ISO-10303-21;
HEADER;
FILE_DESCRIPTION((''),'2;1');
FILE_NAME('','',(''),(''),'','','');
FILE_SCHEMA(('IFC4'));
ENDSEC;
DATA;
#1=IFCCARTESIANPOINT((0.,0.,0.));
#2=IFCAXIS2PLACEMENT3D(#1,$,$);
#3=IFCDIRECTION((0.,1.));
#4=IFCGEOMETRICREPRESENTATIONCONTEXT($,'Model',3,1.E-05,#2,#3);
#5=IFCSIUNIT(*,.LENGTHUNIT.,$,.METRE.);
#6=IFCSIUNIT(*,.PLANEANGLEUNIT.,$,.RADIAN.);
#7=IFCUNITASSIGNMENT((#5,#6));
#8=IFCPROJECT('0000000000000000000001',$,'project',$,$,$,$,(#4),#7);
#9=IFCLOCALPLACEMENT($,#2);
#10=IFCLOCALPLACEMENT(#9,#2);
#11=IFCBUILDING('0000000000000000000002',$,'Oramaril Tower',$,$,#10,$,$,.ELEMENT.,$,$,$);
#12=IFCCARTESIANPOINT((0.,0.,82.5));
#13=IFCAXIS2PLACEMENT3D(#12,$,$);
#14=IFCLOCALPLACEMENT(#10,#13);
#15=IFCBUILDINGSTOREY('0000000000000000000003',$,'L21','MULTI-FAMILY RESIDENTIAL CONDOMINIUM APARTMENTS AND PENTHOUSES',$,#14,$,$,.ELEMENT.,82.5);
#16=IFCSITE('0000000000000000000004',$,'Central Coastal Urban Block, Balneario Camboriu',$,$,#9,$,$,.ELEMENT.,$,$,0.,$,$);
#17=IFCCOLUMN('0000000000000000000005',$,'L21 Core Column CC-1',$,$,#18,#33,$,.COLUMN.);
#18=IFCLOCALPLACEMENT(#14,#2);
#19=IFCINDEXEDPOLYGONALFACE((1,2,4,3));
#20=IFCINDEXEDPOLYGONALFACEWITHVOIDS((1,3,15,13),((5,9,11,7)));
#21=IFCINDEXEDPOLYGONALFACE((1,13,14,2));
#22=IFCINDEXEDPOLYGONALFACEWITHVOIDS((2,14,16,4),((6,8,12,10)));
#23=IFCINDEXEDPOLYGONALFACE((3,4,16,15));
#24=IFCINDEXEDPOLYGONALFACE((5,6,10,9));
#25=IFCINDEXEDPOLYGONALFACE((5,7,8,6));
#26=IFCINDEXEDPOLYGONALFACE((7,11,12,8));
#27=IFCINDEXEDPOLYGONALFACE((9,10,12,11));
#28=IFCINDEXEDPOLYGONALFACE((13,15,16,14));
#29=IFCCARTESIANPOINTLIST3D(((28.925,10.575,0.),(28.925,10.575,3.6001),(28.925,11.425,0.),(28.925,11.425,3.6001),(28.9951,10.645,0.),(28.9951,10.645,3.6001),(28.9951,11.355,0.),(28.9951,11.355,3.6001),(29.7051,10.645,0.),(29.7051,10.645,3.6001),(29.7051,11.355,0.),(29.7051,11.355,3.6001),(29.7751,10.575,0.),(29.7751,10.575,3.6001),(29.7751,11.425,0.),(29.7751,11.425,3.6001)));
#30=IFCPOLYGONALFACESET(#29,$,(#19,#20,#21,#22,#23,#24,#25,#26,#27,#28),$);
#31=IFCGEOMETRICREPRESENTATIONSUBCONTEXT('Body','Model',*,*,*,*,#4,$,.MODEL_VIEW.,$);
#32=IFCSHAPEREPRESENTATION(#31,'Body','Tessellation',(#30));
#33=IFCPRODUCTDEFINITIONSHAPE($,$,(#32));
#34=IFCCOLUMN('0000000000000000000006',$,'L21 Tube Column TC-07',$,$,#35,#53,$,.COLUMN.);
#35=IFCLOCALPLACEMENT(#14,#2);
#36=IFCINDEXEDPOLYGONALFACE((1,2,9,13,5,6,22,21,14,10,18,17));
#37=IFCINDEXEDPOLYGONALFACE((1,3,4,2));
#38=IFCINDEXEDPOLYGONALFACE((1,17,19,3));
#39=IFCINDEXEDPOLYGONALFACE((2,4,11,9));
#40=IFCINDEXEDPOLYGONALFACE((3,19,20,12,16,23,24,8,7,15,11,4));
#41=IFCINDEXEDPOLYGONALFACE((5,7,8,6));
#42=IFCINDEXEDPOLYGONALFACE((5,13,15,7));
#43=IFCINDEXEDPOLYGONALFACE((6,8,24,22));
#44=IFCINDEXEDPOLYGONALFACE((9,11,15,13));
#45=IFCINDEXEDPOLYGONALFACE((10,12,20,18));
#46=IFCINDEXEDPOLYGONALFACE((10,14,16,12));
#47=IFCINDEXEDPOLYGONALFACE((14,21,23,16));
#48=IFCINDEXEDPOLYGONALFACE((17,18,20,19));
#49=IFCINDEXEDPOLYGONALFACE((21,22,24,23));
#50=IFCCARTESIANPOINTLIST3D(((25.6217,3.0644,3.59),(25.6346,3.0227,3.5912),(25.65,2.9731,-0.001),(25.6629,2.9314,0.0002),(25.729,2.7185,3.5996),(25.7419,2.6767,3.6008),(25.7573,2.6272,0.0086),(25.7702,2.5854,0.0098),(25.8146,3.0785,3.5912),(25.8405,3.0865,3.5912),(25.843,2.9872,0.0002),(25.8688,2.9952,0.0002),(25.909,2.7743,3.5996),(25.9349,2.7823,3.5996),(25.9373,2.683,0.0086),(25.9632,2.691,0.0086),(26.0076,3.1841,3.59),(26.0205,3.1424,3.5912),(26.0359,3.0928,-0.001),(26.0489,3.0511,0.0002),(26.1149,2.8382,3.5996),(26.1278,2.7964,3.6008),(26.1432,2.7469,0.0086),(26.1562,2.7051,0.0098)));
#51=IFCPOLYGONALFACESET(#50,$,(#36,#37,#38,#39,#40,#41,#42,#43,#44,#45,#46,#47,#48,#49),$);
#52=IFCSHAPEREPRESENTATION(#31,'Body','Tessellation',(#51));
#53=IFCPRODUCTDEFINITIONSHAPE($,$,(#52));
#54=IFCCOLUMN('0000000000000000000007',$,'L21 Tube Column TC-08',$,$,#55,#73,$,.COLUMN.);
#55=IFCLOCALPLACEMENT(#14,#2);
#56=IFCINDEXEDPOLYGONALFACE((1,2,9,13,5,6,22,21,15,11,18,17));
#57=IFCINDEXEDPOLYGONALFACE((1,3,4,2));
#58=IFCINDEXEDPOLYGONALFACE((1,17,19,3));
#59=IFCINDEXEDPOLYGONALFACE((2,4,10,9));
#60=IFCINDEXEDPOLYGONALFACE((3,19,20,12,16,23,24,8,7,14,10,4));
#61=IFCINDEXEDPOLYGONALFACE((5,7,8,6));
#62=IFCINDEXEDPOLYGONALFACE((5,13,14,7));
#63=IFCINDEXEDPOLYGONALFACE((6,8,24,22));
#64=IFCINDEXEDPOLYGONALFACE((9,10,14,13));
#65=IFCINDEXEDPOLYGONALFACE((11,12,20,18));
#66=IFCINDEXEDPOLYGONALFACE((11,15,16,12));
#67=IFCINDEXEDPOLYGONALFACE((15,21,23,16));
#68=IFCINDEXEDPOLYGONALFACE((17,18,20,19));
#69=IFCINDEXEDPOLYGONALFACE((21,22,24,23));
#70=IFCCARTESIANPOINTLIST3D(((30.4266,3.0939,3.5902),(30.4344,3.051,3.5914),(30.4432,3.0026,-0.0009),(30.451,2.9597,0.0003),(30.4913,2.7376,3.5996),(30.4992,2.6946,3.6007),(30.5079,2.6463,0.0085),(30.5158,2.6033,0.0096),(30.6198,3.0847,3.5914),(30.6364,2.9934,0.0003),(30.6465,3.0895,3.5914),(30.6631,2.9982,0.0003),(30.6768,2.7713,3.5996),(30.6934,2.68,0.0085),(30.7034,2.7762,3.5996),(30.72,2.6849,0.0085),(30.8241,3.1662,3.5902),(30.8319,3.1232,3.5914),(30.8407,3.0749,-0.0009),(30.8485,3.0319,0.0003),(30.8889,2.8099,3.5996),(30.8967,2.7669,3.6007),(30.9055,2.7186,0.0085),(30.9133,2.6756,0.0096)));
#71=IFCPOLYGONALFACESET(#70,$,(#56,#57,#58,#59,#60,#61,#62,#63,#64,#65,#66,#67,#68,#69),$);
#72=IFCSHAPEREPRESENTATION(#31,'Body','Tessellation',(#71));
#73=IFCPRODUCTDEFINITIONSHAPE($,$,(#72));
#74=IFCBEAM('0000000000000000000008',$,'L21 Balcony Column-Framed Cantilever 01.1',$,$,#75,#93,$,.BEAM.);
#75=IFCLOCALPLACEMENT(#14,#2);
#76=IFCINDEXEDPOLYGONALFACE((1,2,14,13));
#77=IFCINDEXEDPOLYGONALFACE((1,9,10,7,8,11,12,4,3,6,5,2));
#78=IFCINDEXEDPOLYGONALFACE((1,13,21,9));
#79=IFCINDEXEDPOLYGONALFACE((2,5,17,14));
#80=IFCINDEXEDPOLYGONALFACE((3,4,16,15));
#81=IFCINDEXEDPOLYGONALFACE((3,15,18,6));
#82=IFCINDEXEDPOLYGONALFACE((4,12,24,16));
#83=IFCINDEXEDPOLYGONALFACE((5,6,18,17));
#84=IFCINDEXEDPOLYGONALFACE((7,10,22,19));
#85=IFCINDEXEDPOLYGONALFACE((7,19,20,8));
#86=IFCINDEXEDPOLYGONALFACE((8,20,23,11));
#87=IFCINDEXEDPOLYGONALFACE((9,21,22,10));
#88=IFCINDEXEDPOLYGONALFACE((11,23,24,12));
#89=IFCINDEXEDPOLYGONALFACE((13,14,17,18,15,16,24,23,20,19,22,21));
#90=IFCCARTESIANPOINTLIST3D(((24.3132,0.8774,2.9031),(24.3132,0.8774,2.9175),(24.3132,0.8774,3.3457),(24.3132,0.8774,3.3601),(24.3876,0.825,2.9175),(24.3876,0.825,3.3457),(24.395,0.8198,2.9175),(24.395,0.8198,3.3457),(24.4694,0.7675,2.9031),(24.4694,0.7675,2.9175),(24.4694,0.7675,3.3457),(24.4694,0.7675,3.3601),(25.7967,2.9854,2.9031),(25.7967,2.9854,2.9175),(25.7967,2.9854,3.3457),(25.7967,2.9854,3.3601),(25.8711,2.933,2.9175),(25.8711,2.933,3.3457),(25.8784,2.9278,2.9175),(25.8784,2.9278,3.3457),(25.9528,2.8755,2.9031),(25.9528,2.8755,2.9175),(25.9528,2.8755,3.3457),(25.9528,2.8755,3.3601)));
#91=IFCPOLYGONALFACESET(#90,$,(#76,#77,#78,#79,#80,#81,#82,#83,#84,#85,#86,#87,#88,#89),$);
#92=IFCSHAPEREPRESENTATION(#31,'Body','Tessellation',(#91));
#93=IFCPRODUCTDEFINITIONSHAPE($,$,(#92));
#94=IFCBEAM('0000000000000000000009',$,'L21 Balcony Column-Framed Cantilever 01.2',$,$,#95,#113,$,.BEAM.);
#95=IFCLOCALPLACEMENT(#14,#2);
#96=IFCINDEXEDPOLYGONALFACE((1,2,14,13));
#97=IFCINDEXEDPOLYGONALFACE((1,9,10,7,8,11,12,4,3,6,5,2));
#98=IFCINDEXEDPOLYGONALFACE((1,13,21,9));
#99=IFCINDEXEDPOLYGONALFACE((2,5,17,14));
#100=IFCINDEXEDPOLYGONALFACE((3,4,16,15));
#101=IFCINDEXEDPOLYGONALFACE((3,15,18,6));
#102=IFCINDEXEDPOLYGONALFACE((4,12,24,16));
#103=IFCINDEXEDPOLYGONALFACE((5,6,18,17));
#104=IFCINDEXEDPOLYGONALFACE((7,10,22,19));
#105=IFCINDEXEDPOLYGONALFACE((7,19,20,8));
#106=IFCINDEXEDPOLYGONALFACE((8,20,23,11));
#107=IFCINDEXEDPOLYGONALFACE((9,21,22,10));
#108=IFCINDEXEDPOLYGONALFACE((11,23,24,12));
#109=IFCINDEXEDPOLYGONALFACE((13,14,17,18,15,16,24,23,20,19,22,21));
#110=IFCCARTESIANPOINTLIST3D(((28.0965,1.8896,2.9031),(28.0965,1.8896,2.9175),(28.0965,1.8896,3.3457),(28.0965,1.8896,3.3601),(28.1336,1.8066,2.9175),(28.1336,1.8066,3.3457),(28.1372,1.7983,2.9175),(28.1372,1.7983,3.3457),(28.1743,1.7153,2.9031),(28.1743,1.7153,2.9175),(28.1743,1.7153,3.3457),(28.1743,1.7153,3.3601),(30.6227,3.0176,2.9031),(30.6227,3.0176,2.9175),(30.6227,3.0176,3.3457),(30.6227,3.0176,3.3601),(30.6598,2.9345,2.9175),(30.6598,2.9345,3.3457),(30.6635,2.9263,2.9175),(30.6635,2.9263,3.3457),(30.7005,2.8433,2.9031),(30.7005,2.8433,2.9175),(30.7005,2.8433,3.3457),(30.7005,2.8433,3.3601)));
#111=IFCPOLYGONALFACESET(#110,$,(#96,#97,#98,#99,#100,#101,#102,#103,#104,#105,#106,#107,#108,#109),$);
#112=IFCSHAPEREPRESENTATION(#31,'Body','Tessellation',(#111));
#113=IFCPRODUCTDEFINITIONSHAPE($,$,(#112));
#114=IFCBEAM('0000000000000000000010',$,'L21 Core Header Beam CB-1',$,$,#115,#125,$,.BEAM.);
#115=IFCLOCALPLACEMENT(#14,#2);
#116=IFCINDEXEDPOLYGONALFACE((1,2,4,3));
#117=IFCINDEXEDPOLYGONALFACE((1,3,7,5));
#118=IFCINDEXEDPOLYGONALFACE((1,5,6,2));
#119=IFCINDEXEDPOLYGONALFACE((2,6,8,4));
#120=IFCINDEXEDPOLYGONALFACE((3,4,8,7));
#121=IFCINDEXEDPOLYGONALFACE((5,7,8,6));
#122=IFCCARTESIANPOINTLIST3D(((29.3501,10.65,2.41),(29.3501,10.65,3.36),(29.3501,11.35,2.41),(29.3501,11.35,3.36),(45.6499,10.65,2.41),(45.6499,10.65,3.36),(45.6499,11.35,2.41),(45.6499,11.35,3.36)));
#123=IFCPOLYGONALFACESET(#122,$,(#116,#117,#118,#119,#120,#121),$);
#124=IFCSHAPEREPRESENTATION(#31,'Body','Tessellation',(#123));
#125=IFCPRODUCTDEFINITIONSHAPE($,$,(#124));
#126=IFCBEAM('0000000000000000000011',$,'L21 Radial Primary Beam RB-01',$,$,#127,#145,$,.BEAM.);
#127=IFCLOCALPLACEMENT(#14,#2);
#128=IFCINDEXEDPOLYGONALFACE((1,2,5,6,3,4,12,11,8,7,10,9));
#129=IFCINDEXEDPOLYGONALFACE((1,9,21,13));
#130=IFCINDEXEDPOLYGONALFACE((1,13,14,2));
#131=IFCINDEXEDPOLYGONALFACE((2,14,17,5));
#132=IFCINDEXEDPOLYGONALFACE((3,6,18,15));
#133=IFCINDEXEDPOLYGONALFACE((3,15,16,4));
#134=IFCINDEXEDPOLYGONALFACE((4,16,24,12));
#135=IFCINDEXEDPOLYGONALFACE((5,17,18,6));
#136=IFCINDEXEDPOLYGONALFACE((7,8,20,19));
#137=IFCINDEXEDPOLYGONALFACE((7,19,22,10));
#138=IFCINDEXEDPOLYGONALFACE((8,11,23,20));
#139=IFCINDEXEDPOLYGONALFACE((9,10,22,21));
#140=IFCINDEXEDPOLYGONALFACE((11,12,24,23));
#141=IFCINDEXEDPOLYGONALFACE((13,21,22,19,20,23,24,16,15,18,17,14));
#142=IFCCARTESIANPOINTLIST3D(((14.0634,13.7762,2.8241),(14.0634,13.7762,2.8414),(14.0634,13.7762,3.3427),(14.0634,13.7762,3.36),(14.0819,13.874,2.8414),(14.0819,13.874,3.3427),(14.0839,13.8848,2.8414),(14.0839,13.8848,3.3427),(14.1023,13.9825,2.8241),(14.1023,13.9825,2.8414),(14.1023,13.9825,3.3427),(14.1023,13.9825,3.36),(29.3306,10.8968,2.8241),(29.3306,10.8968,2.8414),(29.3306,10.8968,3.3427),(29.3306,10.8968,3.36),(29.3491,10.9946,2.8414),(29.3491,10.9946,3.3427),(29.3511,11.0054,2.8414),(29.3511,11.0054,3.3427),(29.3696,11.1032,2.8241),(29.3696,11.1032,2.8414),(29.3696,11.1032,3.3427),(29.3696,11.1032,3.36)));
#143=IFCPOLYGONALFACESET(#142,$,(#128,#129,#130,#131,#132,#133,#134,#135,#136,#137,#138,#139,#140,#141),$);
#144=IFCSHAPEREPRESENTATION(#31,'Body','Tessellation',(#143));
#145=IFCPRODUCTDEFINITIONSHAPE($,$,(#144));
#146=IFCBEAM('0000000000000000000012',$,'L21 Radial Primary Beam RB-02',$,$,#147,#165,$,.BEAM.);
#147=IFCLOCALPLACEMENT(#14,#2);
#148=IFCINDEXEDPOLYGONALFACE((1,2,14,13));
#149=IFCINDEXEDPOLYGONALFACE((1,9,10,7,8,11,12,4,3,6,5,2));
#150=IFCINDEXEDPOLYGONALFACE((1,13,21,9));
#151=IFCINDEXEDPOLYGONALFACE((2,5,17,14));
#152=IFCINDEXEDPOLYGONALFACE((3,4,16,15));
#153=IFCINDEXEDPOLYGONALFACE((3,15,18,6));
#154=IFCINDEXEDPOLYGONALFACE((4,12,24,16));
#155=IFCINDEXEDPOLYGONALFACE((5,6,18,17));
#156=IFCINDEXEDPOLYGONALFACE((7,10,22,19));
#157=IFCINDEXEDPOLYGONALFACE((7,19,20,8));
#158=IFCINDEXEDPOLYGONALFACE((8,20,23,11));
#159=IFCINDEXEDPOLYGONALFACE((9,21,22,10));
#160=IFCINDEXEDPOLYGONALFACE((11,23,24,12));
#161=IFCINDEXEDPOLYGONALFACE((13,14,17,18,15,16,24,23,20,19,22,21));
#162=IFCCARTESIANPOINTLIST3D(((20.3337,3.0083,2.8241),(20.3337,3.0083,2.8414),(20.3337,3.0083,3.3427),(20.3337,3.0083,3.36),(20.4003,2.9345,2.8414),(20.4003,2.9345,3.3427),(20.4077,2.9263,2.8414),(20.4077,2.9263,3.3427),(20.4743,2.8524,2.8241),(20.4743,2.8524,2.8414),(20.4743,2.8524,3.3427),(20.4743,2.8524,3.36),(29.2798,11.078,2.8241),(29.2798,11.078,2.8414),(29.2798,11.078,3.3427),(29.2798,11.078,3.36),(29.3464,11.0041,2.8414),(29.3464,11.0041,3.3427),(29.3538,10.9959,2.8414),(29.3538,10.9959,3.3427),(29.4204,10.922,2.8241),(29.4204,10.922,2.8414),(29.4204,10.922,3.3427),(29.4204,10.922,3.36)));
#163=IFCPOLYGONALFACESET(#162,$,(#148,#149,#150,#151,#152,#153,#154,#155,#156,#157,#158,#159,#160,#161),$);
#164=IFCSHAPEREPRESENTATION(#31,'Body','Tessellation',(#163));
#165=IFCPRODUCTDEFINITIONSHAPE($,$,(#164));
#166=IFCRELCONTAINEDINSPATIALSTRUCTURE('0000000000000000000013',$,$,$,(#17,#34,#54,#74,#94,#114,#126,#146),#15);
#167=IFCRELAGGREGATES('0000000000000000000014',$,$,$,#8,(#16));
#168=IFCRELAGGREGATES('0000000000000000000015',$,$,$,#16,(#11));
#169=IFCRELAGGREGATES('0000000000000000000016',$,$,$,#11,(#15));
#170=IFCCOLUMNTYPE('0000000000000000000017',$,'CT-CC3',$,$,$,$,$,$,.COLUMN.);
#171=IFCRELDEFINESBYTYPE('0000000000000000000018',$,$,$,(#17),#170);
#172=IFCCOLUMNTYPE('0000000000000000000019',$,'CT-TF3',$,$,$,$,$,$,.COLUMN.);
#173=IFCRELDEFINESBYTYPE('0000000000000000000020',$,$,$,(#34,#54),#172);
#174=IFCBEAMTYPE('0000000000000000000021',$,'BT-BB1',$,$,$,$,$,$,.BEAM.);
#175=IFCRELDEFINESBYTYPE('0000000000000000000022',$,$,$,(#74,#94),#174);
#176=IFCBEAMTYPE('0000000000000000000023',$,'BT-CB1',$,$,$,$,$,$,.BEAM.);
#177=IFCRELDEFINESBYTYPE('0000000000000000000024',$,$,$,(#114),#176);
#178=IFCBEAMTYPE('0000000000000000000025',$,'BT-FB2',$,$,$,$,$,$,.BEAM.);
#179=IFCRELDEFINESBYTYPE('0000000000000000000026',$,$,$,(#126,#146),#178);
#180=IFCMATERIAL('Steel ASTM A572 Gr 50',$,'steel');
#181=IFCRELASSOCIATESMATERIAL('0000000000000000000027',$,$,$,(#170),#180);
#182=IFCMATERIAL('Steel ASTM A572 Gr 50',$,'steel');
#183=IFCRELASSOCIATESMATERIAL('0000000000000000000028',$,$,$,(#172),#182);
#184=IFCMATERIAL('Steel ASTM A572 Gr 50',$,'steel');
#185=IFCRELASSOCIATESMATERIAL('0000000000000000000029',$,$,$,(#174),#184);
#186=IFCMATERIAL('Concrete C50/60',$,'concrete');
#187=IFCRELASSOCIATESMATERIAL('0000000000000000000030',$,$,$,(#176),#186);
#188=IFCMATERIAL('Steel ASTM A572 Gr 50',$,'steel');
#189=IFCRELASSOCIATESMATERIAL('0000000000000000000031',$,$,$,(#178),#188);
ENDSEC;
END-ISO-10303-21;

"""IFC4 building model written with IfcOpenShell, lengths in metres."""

from ifc_helpers import new_model, si_unit, direction, frame, origin, origin_2d, place, context, subcontext, project, spatial, rectangle, hollow_rectangle, i_section, extrude, material, material_profile, profile_set, type_object, element, save


model = new_model("IFC4")

# Units and contexts
model_context = context("Model", 3, precision=1e-05, world=origin(), true_north=direction((0.0, 1.0)))
body_context = subcontext(model_context, "Body", "Model", "MODEL_VIEW")
ifc_project = project(units=[si_unit("LENGTHUNIT", "METRE"), si_unit("PLANEANGLEUNIT", "RADIAN")], contexts=[model_context])

# Site, building, storey
site_placement = place(None, origin())
site = spatial("IfcSite", under=ifc_project, at=site_placement, Name="Central Coastal Urban Block, Balneario Camboriu", CompositionType="ELEMENT", RefElevation=0.0)
building_placement = place(site_placement, origin())
building = spatial("IfcBuilding", under=site, at=building_placement, Name="Oramaril Tower", CompositionType="ELEMENT")
storey_placement = place(building_placement, frame((0.0, 0.0, 82.5)))
storey = spatial("IfcBuildingStorey", under=building, at=storey_placement, Name="L21", Description="MULTI-FAMILY RESIDENTIAL CONDOMINIUM APARTMENTS AND PENTHOUSES", CompositionType="ELEMENT", Elevation=82.5)

# Columns
ifc_material_1 = material(Name="Steel ASTM A572 Gr 50", Category="steel")
ifc_material_profile_1 = material_profile(ifc_material_1, hollow_rectangle(XDim=0.8501, YDim=0.8501, WallThickness=0.0701, at=origin_2d()), Name="BOX850X850X70")
ifc_profile_set_1 = profile_set([ifc_material_profile_1], Name="Steel ASTM A572 Gr 50")
column_type_1 = type_object("IfcColumnType", Name="CT-CC3", PredefinedType="COLUMN", material=ifc_profile_set_1)
column_placement = place(storey_placement, frame((29.3501, 11.0, 0.0), z_axis=(0.0, 0.0, 1.0), x_axis=(1.0, 0.0, 0.0)))
element("IfcColumn", 1, at=column_placement, inside=storey, type_object=column_type_1, Name="L21 Core Column CC-1", PredefinedType="COLUMN", context=body_context, shape_type="SweptSolid", body=[
    extrude(hollow_rectangle(XDim=0.8501, YDim=0.8501, WallThickness=0.0701, at=origin_2d()), origin(), (0.0, 0.0, 1.0), 3.6001),
])
ifc_material_2 = material(Name="Steel ASTM A572 Gr 50", Category="steel")
ifc_material_profile_2 = material_profile(ifc_material_2, i_section(OverallWidth=0.4041, OverallDepth=0.406, WebThickness=0.0271, FlangeThickness=0.0437, at=origin_2d()), Name="W14X233")
ifc_profile_set_2 = profile_set([ifc_material_profile_2], Name="Steel ASTM A572 Gr 50")
column_type_2 = type_object("IfcColumnType", Name="CT-TF3", PredefinedType="COLUMN", material=ifc_profile_set_2)
for number, where, z_axis, x_axis, name in (
    (2, (25.9031, 2.8391, 0.0044), (-0.007884, 0.025418, 0.999646), (-0.955114, -0.296239, 0.0), "L21 Tube Column TC-07"),
    (3, (30.6782, 2.8391, 0.0044), (-0.004621, 0.025418, 0.999666), (-0.98387, -0.178885, 0.0), "L21 Tube Column TC-08"),
):
    element("IfcColumn", number, at=place(storey_placement, frame(where, z_axis=z_axis, x_axis=x_axis)), inside=storey, type_object=column_type_2, Name=name, PredefinedType="COLUMN", context=body_context, shape_type="SweptSolid", body=[
        extrude(i_section(OverallWidth=0.4041, OverallDepth=0.406, WebThickness=0.0271, FlangeThickness=0.0437, at=origin_2d()), origin(), (0.0, 0.0, 1.0), 3.5923),
    ])

# Beams
ifc_material_3 = material(Name="Steel ASTM A572 Gr 50", Category="steel")
ifc_material_profile_3 = material_profile(ifc_material_3, i_section(OverallWidth=0.1909, OverallDepth=0.457, WebThickness=0.009, FlangeThickness=0.0144, at=origin_2d()), Name="W18X50")
ifc_profile_set_3 = profile_set([ifc_material_profile_3], Name="Steel ASTM A572 Gr 50")
beam_type_1 = type_object("IfcBeamType", Name="BT-BB1", PredefinedType="BEAM", material=ifc_profile_set_3)
beam_1_placement = place(storey_placement, frame((25.8748, 2.9304, 3.1316), z_axis=(-0.575507, -0.817797, 0.0), x_axis=(0.817797, -0.575507, 0.0)))
element("IfcBeam", 4, at=beam_1_placement, inside=storey, type_object=beam_type_1, Name="L21 Balcony Column-Framed Cantilever 01.1", PredefinedType="BEAM", context=body_context, shape_type="SweptSolid", body=[
    extrude(i_section(OverallWidth=0.1909, OverallDepth=0.457, WebThickness=0.009, FlangeThickness=0.0144, at=origin_2d()), origin(), (0.0, 0.0, 1.0), 2.5776),
])
beam_2_placement = place(storey_placement, frame((30.6616, 2.9304, 3.1316), z_axis=(-0.913111, -0.40771, 0.0), x_axis=(0.40771, -0.913111, 0.0)))
element("IfcBeam", 5, at=beam_2_placement, inside=storey, type_object=beam_type_1, Name="L21 Balcony Column-Framed Cantilever 01.2", PredefinedType="BEAM", context=body_context, shape_type="SweptSolid", body=[
    extrude(i_section(OverallWidth=0.1909, OverallDepth=0.457, WebThickness=0.009, FlangeThickness=0.0144, at=origin_2d()), origin(), (0.0, 0.0, 1.0), 2.7666),
])
ifc_material_4 = material(Name="Concrete C50/60", Category="concrete")
ifc_material_profile_4 = material_profile(ifc_material_4, rectangle(XDim=0.7, YDim=0.95, at=origin_2d()), Name="CB700X950")
ifc_profile_set_4 = profile_set([ifc_material_profile_4], Name="Concrete C50/60")
beam_type_2 = type_object("IfcBeamType", Name="BT-CB1", PredefinedType="BEAM", material=ifc_profile_set_4)
beam_3_placement = place(storey_placement, frame((29.3501, 11.0, 2.885), z_axis=(1.0, 0.0, 0.0), x_axis=(0.0, 1.0, 0.0)))
element("IfcBeam", 6, at=beam_3_placement, inside=storey, type_object=beam_type_2, Name="L21 Core Header Beam CB-1", PredefinedType="BEAM", context=body_context, shape_type="SweptSolid", body=[
    extrude(rectangle(XDim=0.7, YDim=0.95, at=origin_2d()), origin(), (0.0, 0.0, 1.0), 16.2998),
])
ifc_material_5 = material(Name="Steel ASTM A572 Gr 50", Category="steel")
ifc_material_profile_5 = material_profile(ifc_material_5, i_section(OverallWidth=0.21, OverallDepth=0.5359, WebThickness=0.011, FlangeThickness=0.0173, at=origin_2d()), Name="W21X68")
ifc_profile_set_5 = profile_set([ifc_material_profile_5], Name="Steel ASTM A572 Gr 50")
beam_type_3 = type_object("IfcBeamType", Name="BT-FB2", PredefinedType="BEAM", material=ifc_profile_set_5)
beam_4_placement = place(storey_placement, frame((29.3501, 11.0, 3.092), z_axis=(-0.982676, 0.185331, 0.0), x_axis=(-0.185331, -0.982676, 0.0)))
element("IfcBeam", 7, at=beam_4_placement, inside=storey, type_object=beam_type_3, Name="L21 Radial Primary Beam RB-01", PredefinedType="BEAM", context=body_context, shape_type="SweptSolid", body=[
    extrude(i_section(OverallWidth=0.21, OverallDepth=0.5359, WebThickness=0.011, FlangeThickness=0.0173, at=origin_2d()), origin(), (0.0, 0.0, 1.0), 15.5364),
])
beam_5_placement = place(storey_placement, frame((29.3501, 11.0, 3.092), z_axis=(-0.742545, -0.669796, 0.0), x_axis=(0.669796, -0.742545, 0.0)))
element("IfcBeam", 8, at=beam_5_placement, inside=storey, type_object=beam_type_3, Name="L21 Radial Primary Beam RB-02", PredefinedType="BEAM", context=body_context, shape_type="SweptSolid", body=[
    extrude(i_section(OverallWidth=0.21, OverallDepth=0.5359, WebThickness=0.011, FlangeThickness=0.0173, at=origin_2d()), origin(), (0.0, 0.0, 1.0), 12.0479),
])

save(model, "model.ifc")
